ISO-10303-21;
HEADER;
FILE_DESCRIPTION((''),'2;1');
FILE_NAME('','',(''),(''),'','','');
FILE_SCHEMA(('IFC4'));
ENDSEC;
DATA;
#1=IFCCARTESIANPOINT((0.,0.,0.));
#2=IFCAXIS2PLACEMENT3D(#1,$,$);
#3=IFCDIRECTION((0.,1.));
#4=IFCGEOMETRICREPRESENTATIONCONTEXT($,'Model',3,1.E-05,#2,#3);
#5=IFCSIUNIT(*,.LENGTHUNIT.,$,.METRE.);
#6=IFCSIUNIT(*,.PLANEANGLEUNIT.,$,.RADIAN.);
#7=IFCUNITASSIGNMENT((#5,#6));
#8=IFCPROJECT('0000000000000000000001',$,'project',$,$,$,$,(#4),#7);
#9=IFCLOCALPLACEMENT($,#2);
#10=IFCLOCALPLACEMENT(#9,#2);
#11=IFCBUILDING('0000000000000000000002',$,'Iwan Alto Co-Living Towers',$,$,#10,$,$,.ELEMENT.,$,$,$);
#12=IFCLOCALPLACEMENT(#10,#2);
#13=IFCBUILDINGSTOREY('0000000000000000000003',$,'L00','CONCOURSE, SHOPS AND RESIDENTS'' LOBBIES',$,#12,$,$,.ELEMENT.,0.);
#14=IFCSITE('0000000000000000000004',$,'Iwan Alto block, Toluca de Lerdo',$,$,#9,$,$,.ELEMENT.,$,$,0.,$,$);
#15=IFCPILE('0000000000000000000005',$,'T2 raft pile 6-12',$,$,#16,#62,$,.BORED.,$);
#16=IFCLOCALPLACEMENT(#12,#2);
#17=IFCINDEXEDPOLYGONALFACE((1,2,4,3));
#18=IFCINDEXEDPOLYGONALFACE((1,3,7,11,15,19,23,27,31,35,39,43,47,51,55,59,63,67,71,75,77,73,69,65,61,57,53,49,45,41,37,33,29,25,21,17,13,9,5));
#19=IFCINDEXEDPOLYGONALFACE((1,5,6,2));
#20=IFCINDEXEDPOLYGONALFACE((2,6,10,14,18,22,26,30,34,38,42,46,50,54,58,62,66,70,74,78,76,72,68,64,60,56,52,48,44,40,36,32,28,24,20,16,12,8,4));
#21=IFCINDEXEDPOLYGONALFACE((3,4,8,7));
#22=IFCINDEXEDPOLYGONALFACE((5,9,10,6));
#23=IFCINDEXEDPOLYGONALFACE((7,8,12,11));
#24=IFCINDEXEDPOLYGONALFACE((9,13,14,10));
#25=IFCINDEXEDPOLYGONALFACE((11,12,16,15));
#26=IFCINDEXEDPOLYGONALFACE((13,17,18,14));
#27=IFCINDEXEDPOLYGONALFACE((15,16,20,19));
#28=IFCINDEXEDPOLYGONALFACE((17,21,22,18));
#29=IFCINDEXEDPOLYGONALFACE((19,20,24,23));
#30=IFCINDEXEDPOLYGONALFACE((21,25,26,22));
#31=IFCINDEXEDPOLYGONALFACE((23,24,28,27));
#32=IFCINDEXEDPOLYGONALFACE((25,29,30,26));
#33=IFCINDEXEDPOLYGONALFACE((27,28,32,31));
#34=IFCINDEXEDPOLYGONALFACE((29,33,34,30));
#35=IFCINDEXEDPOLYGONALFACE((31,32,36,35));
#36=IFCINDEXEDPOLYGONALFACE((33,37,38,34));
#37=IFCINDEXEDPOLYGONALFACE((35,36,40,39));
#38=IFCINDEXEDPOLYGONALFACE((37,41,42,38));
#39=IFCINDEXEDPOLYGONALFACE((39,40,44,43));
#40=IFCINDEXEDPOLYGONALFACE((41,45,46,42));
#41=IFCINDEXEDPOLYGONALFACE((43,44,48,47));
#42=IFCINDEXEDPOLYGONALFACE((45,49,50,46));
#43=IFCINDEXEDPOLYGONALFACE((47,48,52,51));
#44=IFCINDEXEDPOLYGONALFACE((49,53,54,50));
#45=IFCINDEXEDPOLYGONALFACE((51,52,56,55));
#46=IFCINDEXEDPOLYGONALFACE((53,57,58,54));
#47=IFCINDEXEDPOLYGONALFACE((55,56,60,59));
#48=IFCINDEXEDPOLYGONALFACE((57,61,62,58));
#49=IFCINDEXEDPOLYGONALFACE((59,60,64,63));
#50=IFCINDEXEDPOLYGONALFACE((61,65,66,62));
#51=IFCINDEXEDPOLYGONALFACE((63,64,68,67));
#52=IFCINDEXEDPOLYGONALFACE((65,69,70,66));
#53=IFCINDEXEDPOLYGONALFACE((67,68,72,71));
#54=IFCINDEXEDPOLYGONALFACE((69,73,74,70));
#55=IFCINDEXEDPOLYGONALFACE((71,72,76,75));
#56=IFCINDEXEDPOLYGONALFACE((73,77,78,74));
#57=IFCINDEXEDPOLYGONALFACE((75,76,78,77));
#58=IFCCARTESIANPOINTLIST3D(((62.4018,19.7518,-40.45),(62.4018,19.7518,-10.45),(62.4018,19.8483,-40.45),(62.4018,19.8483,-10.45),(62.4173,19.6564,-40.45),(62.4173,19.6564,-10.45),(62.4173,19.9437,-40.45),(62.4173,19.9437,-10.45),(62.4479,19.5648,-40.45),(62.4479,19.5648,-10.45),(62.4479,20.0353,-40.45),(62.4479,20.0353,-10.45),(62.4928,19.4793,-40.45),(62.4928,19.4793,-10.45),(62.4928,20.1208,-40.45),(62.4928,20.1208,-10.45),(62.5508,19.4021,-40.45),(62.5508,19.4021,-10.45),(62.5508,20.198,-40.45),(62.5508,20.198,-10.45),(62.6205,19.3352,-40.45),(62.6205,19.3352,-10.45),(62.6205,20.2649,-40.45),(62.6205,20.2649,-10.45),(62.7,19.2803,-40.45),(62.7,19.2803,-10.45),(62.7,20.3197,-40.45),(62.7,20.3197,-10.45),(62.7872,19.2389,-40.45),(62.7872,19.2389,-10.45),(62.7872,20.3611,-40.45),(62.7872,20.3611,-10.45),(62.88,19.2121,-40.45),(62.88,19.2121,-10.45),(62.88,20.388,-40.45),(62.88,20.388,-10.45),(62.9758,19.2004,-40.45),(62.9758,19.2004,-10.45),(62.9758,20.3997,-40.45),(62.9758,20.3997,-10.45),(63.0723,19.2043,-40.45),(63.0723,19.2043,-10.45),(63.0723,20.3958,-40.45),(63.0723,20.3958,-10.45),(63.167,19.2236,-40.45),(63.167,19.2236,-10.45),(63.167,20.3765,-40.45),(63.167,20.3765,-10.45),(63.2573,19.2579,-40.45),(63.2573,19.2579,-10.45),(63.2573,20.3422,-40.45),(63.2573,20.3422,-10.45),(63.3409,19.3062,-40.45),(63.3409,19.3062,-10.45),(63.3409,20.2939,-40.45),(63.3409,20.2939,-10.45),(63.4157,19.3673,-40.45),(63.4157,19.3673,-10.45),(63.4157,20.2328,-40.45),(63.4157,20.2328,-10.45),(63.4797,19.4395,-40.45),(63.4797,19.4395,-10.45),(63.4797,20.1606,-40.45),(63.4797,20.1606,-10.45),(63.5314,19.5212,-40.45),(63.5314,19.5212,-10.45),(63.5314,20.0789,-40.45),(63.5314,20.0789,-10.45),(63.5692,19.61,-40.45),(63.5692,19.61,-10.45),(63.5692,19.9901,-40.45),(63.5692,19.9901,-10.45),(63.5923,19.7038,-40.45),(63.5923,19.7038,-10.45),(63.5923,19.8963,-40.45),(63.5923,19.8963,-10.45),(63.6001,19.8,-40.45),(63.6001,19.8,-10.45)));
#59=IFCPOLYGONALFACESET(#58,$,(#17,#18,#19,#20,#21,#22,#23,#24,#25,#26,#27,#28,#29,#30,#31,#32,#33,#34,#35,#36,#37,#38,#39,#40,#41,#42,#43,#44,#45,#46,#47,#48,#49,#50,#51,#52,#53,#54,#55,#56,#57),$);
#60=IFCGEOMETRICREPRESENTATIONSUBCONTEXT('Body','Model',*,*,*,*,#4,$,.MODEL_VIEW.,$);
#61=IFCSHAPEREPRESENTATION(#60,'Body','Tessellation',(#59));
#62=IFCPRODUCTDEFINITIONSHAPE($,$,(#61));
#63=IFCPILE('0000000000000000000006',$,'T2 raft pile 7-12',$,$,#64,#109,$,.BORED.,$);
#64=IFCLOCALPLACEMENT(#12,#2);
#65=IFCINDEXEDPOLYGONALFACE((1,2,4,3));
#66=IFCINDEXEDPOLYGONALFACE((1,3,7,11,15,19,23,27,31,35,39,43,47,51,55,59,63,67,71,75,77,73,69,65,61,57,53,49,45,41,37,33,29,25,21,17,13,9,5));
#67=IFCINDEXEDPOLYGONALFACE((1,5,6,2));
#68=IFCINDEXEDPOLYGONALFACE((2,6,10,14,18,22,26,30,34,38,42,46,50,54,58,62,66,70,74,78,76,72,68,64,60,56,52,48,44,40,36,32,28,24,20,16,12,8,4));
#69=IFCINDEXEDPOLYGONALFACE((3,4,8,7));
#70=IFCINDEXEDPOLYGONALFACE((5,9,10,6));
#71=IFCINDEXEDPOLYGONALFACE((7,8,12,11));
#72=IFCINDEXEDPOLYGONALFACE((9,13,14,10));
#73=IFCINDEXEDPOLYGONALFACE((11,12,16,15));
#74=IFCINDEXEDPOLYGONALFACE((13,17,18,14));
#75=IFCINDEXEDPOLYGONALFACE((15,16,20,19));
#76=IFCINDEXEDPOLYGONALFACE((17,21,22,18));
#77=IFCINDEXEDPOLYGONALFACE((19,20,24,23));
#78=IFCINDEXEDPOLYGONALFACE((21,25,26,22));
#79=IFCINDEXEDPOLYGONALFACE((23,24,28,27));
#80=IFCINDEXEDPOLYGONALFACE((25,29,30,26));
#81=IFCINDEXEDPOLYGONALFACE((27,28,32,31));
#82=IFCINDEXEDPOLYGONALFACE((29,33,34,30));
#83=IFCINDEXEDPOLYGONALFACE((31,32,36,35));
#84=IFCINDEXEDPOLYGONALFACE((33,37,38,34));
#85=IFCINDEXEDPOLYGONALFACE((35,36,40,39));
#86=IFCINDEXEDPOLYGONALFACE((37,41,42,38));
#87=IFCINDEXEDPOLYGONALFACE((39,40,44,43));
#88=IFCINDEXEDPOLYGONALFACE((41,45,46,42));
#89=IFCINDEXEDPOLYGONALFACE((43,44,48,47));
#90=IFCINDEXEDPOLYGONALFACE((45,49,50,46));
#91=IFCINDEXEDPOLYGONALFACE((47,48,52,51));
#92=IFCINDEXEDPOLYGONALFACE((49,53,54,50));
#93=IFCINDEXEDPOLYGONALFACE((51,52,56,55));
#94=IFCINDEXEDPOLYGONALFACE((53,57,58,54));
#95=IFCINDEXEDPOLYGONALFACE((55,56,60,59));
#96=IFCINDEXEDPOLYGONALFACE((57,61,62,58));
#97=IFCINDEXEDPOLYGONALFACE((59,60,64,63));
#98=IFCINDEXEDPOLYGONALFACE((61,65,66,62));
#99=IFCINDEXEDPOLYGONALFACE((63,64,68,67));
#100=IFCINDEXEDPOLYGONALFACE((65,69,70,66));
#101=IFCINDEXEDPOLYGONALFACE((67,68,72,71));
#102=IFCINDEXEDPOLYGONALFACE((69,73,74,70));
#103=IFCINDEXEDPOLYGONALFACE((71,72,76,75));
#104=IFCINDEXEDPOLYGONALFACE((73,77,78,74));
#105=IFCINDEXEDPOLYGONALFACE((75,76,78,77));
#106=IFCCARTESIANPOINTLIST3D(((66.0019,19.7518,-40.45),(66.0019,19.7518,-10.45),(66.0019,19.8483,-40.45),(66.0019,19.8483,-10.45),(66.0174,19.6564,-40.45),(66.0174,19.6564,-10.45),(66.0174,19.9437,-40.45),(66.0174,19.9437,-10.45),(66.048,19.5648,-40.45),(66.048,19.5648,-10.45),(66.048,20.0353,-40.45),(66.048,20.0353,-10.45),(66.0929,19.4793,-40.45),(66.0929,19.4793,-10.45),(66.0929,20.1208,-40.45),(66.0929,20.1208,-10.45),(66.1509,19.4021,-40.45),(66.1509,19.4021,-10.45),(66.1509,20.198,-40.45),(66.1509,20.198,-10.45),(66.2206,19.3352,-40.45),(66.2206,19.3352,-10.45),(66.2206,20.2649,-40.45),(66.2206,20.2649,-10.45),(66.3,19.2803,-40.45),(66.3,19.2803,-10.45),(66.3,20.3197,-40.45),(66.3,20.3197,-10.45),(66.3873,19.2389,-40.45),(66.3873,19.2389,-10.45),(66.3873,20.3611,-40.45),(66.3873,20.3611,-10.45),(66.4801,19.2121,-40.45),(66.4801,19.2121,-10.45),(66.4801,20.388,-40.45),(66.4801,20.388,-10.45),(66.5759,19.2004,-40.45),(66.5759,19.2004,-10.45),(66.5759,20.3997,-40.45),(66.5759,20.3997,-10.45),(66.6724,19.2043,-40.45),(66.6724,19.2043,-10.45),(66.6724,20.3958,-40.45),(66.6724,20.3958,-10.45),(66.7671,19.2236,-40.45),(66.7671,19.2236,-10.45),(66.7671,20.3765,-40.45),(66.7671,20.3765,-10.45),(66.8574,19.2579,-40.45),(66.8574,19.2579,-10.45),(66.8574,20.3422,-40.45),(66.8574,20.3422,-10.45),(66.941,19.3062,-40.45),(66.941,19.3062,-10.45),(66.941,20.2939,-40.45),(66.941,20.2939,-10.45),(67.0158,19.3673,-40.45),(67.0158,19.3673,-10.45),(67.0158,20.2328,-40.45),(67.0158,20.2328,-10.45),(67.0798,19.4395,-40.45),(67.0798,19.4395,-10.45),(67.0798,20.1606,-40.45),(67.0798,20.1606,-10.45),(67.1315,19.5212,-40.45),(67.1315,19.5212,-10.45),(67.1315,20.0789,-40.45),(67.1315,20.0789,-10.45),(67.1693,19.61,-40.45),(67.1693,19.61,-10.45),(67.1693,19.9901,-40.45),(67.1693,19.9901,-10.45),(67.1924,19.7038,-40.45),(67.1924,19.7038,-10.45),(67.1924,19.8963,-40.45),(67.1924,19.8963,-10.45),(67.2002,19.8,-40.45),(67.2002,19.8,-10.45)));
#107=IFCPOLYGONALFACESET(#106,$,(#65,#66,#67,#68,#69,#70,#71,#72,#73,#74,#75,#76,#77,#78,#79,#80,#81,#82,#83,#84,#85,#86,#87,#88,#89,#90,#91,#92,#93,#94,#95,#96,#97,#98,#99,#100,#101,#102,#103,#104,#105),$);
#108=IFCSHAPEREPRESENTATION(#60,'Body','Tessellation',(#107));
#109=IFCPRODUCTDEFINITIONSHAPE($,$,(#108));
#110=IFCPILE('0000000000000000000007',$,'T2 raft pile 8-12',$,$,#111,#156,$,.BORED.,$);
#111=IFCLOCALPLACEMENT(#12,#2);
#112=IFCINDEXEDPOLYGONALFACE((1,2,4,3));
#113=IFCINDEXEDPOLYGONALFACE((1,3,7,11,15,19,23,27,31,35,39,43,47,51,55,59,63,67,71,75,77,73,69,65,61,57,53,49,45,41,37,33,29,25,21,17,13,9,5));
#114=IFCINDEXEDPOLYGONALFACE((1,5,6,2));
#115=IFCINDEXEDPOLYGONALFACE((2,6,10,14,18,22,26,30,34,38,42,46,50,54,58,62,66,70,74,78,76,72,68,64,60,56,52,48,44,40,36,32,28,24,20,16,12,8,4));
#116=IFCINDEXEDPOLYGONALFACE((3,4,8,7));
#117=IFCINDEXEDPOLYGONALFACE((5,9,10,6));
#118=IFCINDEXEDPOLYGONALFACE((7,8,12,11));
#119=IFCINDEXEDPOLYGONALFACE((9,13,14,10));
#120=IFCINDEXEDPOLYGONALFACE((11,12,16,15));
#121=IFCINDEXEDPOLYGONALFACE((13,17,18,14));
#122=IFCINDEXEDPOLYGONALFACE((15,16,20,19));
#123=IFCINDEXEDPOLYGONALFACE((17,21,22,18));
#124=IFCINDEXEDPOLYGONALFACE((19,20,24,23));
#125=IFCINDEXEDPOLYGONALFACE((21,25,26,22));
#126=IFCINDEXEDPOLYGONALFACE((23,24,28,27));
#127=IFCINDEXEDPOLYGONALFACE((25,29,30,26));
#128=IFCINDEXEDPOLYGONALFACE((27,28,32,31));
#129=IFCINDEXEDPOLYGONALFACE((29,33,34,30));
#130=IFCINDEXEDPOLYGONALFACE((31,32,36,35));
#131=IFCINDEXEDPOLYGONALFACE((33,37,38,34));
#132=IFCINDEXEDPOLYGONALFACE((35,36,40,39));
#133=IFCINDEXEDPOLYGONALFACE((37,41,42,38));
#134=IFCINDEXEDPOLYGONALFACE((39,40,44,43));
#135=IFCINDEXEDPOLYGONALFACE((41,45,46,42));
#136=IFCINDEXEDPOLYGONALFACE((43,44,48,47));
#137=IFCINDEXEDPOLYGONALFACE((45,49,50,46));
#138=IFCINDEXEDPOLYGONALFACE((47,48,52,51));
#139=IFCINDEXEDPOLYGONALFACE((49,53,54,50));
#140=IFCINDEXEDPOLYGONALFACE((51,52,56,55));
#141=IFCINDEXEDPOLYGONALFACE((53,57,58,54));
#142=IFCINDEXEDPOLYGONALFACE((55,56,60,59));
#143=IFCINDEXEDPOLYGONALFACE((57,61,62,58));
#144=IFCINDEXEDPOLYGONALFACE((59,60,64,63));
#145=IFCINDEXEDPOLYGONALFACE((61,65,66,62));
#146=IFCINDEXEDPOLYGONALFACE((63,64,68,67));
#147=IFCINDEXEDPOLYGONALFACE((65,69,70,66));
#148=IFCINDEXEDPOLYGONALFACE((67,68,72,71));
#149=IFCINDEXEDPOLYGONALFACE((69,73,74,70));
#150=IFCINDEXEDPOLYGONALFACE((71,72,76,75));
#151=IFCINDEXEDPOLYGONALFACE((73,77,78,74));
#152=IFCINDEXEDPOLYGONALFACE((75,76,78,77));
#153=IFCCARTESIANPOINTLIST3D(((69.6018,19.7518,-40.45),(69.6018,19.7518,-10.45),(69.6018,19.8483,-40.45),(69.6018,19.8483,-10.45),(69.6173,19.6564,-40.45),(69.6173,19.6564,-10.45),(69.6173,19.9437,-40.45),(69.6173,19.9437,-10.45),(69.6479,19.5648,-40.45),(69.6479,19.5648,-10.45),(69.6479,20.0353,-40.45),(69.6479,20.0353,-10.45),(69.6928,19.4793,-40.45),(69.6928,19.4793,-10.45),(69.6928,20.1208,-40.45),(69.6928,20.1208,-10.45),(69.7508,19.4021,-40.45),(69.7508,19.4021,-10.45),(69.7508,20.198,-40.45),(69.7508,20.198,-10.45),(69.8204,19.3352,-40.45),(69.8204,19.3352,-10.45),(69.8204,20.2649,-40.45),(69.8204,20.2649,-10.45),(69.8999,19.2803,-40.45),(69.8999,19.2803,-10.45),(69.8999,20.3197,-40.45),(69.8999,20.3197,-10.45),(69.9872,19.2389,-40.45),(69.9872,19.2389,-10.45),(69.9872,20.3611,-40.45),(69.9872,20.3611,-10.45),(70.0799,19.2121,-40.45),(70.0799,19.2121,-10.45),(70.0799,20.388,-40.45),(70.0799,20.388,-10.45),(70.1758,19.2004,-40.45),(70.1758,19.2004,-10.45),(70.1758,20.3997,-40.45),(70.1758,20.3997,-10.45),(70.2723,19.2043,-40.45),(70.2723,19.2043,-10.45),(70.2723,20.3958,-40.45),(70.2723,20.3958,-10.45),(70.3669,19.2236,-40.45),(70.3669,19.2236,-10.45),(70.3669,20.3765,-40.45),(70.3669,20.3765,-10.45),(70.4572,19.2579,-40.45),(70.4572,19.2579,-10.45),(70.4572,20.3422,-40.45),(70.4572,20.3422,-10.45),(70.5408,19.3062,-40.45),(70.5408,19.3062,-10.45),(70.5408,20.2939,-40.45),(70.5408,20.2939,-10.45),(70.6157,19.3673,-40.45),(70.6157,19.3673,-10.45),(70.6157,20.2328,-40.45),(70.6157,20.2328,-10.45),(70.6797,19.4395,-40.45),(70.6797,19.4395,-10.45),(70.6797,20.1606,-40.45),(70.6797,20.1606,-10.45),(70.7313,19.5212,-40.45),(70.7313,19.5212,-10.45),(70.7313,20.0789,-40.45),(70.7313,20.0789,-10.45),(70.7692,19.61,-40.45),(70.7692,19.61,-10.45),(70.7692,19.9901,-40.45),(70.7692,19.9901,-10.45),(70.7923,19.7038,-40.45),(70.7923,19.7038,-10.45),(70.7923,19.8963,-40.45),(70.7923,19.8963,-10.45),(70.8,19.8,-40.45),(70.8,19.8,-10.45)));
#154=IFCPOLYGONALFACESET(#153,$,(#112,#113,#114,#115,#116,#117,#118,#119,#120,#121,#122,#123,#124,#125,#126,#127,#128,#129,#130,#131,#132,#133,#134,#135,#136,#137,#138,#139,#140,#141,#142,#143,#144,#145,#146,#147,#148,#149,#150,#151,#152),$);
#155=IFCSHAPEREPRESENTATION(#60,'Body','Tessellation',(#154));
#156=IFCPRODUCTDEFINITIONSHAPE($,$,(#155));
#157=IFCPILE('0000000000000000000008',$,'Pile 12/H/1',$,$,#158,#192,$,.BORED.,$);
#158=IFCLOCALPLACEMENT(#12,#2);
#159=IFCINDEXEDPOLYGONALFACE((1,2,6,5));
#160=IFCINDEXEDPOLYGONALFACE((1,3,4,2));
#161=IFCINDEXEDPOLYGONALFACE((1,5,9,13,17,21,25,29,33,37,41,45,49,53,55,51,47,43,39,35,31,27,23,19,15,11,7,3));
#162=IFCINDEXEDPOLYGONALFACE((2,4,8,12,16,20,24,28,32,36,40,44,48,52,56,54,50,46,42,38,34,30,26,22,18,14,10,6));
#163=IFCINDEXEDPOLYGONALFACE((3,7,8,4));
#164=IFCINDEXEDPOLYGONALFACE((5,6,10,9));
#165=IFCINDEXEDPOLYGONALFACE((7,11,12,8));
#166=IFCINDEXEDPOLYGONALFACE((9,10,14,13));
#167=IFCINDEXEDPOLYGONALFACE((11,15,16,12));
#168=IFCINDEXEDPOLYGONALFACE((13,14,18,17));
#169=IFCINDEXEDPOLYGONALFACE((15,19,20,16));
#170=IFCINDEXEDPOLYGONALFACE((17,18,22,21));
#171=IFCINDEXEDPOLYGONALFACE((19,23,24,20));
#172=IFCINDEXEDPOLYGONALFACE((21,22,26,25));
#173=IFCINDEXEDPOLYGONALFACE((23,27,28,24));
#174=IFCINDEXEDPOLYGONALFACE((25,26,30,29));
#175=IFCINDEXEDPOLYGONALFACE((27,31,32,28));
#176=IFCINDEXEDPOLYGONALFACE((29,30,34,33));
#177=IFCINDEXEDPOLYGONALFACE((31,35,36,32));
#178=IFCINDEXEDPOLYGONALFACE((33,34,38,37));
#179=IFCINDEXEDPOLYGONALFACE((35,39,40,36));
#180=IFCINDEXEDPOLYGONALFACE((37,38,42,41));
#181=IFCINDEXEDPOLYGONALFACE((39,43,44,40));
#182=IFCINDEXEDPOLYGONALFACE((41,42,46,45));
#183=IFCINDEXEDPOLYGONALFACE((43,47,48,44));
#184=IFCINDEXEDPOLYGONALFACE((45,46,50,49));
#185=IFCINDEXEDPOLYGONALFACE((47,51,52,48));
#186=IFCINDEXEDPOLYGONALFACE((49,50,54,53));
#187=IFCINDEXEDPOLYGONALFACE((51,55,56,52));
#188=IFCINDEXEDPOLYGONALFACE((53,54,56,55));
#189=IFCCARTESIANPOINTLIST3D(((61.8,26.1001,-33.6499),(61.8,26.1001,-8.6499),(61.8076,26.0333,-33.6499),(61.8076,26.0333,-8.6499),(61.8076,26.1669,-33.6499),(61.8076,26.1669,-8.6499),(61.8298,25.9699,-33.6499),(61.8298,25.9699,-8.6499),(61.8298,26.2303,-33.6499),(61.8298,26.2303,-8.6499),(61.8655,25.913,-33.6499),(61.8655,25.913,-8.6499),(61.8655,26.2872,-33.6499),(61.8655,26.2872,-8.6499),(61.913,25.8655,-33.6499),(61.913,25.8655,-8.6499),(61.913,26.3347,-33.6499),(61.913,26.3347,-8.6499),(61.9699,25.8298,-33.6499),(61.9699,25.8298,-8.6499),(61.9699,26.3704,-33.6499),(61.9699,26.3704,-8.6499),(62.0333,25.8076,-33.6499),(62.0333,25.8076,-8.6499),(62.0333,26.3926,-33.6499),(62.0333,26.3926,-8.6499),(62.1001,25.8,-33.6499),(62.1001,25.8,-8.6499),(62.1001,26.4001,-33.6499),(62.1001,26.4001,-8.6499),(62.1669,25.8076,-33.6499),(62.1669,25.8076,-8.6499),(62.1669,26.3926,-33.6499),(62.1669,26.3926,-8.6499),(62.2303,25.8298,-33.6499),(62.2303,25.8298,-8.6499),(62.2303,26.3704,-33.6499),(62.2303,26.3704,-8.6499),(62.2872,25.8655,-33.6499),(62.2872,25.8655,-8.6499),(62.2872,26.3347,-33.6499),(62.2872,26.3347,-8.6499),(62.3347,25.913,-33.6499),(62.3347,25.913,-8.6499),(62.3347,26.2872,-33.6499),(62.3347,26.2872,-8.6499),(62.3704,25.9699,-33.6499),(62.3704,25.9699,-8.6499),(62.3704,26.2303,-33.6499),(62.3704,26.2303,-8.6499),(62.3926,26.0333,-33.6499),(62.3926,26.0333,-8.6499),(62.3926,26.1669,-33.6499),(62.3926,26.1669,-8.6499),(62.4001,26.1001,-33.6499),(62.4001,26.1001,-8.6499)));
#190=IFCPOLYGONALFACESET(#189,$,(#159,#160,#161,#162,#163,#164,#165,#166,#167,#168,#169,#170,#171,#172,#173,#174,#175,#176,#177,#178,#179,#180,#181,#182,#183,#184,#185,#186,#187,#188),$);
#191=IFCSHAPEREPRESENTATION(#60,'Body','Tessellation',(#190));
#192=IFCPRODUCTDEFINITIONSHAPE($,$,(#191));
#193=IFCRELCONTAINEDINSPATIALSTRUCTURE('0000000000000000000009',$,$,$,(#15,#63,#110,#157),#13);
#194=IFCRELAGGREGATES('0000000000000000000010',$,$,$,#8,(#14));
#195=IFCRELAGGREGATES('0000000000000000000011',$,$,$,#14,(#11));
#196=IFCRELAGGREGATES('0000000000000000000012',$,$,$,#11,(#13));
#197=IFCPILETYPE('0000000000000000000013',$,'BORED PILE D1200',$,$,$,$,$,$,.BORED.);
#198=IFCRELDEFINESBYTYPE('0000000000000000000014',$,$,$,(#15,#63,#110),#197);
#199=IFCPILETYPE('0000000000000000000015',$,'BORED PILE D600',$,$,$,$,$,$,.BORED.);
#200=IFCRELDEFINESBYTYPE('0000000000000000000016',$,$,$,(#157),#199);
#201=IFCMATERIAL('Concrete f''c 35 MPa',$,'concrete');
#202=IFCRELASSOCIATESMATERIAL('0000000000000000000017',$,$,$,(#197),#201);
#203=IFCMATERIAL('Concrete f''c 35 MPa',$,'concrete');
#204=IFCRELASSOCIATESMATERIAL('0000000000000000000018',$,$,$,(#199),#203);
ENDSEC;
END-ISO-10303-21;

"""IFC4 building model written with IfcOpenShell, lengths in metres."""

from ifc_helpers import new_model, si_unit, direction, frame, origin, origin_2d, place, context, subcontext, project, spatial, circle, extrude, material, material_profile, profile_set, type_object, element, save


model = new_model("IFC4")

# Units and contexts
model_context = context("Model", 3, precision=1e-05, world=origin(), true_north=direction((0.0, 1.0)))
body_context = subcontext(model_context, "Body", "Model", "MODEL_VIEW")
ifc_project = project(units=[si_unit("LENGTHUNIT", "METRE"), si_unit("PLANEANGLEUNIT", "RADIAN")], contexts=[model_context])

# Site, building, storey
site_placement = place(None, origin())
site = spatial("IfcSite", under=ifc_project, at=site_placement, Name="Iwan Alto block, Toluca de Lerdo", CompositionType="ELEMENT", RefElevation=0.0)
building_placement = place(site_placement, origin())
building = spatial("IfcBuilding", under=site, at=building_placement, Name="Iwan Alto Co-Living Towers", CompositionType="ELEMENT")
storey_placement = place(building_placement, origin())
storey = spatial("IfcBuildingStorey", under=building, at=storey_placement, Name="L00", Description="CONCOURSE, SHOPS AND RESIDENTS' LOBBIES", CompositionType="ELEMENT", Elevation=0.0)

# Piles
ifc_material_1 = material(Name="Concrete f'c 35 MPa", Category="concrete")
ifc_material_profile_1 = material_profile(ifc_material_1, circle(Radius=0.6001, at=origin_2d()), Name="D1200")
ifc_profile_set_1 = profile_set([ifc_material_profile_1], Name="Concrete f'c 35 MPa")
pile_type_1 = type_object("IfcPileType", Name="BORED PILE D1200", PredefinedType="BORED", material=ifc_profile_set_1)
for number, where, z_axis, x_axis, name in (
    (1, (63.0, 19.8, -10.45), (0.0, 0.0, -1.0), (1.0, 0.0, 0.0), "T2 raft pile 6-12"),
    (2, (66.6001, 19.8, -10.45), (0.0, 0.0, -1.0), (1.0, 0.0, 0.0), "T2 raft pile 7-12"),
    (3, (70.2, 19.8, -10.45), (0.0, 0.0, -1.0), (1.0, 0.0, 0.0), "T2 raft pile 8-12"),
):
    element("IfcPile", number, at=place(storey_placement, frame(where, z_axis=z_axis, x_axis=x_axis)), inside=storey, type_object=pile_type_1, Name=name, PredefinedType="BORED", context=body_context, shape_type="SweptSolid", body=[
        extrude(circle(Radius=0.6001, at=origin_2d()), origin(), (0.0, 0.0, 1.0), 30.0),
    ])
ifc_material_2 = material(Name="Concrete f'c 35 MPa", Category="concrete")
ifc_material_profile_2 = material_profile(ifc_material_2, circle(Radius=0.3, at=origin_2d()), Name="D600")
ifc_profile_set_2 = profile_set([ifc_material_profile_2], Name="Concrete f'c 35 MPa")
pile_type_2 = type_object("IfcPileType", Name="BORED PILE D600", PredefinedType="BORED", material=ifc_profile_set_2)
for number, where, z_axis, x_axis, name in (
    (4, (62.1001, 26.1001, -8.6499), (0.0, 0.0, -1.0), (1.0, 0.0, 0.0), "Pile 12/H/1"),
):
    element("IfcPile", number, at=place(storey_placement, frame(where, z_axis=z_axis, x_axis=x_axis)), inside=storey, type_object=pile_type_2, Name=name, PredefinedType="BORED", context=body_context, shape_type="SweptSolid", body=[
        extrude(circle(Radius=0.3, at=origin_2d()), origin(), (0.0, 0.0, 1.0), 25.0),
    ])

save(model, "model.ifc")
